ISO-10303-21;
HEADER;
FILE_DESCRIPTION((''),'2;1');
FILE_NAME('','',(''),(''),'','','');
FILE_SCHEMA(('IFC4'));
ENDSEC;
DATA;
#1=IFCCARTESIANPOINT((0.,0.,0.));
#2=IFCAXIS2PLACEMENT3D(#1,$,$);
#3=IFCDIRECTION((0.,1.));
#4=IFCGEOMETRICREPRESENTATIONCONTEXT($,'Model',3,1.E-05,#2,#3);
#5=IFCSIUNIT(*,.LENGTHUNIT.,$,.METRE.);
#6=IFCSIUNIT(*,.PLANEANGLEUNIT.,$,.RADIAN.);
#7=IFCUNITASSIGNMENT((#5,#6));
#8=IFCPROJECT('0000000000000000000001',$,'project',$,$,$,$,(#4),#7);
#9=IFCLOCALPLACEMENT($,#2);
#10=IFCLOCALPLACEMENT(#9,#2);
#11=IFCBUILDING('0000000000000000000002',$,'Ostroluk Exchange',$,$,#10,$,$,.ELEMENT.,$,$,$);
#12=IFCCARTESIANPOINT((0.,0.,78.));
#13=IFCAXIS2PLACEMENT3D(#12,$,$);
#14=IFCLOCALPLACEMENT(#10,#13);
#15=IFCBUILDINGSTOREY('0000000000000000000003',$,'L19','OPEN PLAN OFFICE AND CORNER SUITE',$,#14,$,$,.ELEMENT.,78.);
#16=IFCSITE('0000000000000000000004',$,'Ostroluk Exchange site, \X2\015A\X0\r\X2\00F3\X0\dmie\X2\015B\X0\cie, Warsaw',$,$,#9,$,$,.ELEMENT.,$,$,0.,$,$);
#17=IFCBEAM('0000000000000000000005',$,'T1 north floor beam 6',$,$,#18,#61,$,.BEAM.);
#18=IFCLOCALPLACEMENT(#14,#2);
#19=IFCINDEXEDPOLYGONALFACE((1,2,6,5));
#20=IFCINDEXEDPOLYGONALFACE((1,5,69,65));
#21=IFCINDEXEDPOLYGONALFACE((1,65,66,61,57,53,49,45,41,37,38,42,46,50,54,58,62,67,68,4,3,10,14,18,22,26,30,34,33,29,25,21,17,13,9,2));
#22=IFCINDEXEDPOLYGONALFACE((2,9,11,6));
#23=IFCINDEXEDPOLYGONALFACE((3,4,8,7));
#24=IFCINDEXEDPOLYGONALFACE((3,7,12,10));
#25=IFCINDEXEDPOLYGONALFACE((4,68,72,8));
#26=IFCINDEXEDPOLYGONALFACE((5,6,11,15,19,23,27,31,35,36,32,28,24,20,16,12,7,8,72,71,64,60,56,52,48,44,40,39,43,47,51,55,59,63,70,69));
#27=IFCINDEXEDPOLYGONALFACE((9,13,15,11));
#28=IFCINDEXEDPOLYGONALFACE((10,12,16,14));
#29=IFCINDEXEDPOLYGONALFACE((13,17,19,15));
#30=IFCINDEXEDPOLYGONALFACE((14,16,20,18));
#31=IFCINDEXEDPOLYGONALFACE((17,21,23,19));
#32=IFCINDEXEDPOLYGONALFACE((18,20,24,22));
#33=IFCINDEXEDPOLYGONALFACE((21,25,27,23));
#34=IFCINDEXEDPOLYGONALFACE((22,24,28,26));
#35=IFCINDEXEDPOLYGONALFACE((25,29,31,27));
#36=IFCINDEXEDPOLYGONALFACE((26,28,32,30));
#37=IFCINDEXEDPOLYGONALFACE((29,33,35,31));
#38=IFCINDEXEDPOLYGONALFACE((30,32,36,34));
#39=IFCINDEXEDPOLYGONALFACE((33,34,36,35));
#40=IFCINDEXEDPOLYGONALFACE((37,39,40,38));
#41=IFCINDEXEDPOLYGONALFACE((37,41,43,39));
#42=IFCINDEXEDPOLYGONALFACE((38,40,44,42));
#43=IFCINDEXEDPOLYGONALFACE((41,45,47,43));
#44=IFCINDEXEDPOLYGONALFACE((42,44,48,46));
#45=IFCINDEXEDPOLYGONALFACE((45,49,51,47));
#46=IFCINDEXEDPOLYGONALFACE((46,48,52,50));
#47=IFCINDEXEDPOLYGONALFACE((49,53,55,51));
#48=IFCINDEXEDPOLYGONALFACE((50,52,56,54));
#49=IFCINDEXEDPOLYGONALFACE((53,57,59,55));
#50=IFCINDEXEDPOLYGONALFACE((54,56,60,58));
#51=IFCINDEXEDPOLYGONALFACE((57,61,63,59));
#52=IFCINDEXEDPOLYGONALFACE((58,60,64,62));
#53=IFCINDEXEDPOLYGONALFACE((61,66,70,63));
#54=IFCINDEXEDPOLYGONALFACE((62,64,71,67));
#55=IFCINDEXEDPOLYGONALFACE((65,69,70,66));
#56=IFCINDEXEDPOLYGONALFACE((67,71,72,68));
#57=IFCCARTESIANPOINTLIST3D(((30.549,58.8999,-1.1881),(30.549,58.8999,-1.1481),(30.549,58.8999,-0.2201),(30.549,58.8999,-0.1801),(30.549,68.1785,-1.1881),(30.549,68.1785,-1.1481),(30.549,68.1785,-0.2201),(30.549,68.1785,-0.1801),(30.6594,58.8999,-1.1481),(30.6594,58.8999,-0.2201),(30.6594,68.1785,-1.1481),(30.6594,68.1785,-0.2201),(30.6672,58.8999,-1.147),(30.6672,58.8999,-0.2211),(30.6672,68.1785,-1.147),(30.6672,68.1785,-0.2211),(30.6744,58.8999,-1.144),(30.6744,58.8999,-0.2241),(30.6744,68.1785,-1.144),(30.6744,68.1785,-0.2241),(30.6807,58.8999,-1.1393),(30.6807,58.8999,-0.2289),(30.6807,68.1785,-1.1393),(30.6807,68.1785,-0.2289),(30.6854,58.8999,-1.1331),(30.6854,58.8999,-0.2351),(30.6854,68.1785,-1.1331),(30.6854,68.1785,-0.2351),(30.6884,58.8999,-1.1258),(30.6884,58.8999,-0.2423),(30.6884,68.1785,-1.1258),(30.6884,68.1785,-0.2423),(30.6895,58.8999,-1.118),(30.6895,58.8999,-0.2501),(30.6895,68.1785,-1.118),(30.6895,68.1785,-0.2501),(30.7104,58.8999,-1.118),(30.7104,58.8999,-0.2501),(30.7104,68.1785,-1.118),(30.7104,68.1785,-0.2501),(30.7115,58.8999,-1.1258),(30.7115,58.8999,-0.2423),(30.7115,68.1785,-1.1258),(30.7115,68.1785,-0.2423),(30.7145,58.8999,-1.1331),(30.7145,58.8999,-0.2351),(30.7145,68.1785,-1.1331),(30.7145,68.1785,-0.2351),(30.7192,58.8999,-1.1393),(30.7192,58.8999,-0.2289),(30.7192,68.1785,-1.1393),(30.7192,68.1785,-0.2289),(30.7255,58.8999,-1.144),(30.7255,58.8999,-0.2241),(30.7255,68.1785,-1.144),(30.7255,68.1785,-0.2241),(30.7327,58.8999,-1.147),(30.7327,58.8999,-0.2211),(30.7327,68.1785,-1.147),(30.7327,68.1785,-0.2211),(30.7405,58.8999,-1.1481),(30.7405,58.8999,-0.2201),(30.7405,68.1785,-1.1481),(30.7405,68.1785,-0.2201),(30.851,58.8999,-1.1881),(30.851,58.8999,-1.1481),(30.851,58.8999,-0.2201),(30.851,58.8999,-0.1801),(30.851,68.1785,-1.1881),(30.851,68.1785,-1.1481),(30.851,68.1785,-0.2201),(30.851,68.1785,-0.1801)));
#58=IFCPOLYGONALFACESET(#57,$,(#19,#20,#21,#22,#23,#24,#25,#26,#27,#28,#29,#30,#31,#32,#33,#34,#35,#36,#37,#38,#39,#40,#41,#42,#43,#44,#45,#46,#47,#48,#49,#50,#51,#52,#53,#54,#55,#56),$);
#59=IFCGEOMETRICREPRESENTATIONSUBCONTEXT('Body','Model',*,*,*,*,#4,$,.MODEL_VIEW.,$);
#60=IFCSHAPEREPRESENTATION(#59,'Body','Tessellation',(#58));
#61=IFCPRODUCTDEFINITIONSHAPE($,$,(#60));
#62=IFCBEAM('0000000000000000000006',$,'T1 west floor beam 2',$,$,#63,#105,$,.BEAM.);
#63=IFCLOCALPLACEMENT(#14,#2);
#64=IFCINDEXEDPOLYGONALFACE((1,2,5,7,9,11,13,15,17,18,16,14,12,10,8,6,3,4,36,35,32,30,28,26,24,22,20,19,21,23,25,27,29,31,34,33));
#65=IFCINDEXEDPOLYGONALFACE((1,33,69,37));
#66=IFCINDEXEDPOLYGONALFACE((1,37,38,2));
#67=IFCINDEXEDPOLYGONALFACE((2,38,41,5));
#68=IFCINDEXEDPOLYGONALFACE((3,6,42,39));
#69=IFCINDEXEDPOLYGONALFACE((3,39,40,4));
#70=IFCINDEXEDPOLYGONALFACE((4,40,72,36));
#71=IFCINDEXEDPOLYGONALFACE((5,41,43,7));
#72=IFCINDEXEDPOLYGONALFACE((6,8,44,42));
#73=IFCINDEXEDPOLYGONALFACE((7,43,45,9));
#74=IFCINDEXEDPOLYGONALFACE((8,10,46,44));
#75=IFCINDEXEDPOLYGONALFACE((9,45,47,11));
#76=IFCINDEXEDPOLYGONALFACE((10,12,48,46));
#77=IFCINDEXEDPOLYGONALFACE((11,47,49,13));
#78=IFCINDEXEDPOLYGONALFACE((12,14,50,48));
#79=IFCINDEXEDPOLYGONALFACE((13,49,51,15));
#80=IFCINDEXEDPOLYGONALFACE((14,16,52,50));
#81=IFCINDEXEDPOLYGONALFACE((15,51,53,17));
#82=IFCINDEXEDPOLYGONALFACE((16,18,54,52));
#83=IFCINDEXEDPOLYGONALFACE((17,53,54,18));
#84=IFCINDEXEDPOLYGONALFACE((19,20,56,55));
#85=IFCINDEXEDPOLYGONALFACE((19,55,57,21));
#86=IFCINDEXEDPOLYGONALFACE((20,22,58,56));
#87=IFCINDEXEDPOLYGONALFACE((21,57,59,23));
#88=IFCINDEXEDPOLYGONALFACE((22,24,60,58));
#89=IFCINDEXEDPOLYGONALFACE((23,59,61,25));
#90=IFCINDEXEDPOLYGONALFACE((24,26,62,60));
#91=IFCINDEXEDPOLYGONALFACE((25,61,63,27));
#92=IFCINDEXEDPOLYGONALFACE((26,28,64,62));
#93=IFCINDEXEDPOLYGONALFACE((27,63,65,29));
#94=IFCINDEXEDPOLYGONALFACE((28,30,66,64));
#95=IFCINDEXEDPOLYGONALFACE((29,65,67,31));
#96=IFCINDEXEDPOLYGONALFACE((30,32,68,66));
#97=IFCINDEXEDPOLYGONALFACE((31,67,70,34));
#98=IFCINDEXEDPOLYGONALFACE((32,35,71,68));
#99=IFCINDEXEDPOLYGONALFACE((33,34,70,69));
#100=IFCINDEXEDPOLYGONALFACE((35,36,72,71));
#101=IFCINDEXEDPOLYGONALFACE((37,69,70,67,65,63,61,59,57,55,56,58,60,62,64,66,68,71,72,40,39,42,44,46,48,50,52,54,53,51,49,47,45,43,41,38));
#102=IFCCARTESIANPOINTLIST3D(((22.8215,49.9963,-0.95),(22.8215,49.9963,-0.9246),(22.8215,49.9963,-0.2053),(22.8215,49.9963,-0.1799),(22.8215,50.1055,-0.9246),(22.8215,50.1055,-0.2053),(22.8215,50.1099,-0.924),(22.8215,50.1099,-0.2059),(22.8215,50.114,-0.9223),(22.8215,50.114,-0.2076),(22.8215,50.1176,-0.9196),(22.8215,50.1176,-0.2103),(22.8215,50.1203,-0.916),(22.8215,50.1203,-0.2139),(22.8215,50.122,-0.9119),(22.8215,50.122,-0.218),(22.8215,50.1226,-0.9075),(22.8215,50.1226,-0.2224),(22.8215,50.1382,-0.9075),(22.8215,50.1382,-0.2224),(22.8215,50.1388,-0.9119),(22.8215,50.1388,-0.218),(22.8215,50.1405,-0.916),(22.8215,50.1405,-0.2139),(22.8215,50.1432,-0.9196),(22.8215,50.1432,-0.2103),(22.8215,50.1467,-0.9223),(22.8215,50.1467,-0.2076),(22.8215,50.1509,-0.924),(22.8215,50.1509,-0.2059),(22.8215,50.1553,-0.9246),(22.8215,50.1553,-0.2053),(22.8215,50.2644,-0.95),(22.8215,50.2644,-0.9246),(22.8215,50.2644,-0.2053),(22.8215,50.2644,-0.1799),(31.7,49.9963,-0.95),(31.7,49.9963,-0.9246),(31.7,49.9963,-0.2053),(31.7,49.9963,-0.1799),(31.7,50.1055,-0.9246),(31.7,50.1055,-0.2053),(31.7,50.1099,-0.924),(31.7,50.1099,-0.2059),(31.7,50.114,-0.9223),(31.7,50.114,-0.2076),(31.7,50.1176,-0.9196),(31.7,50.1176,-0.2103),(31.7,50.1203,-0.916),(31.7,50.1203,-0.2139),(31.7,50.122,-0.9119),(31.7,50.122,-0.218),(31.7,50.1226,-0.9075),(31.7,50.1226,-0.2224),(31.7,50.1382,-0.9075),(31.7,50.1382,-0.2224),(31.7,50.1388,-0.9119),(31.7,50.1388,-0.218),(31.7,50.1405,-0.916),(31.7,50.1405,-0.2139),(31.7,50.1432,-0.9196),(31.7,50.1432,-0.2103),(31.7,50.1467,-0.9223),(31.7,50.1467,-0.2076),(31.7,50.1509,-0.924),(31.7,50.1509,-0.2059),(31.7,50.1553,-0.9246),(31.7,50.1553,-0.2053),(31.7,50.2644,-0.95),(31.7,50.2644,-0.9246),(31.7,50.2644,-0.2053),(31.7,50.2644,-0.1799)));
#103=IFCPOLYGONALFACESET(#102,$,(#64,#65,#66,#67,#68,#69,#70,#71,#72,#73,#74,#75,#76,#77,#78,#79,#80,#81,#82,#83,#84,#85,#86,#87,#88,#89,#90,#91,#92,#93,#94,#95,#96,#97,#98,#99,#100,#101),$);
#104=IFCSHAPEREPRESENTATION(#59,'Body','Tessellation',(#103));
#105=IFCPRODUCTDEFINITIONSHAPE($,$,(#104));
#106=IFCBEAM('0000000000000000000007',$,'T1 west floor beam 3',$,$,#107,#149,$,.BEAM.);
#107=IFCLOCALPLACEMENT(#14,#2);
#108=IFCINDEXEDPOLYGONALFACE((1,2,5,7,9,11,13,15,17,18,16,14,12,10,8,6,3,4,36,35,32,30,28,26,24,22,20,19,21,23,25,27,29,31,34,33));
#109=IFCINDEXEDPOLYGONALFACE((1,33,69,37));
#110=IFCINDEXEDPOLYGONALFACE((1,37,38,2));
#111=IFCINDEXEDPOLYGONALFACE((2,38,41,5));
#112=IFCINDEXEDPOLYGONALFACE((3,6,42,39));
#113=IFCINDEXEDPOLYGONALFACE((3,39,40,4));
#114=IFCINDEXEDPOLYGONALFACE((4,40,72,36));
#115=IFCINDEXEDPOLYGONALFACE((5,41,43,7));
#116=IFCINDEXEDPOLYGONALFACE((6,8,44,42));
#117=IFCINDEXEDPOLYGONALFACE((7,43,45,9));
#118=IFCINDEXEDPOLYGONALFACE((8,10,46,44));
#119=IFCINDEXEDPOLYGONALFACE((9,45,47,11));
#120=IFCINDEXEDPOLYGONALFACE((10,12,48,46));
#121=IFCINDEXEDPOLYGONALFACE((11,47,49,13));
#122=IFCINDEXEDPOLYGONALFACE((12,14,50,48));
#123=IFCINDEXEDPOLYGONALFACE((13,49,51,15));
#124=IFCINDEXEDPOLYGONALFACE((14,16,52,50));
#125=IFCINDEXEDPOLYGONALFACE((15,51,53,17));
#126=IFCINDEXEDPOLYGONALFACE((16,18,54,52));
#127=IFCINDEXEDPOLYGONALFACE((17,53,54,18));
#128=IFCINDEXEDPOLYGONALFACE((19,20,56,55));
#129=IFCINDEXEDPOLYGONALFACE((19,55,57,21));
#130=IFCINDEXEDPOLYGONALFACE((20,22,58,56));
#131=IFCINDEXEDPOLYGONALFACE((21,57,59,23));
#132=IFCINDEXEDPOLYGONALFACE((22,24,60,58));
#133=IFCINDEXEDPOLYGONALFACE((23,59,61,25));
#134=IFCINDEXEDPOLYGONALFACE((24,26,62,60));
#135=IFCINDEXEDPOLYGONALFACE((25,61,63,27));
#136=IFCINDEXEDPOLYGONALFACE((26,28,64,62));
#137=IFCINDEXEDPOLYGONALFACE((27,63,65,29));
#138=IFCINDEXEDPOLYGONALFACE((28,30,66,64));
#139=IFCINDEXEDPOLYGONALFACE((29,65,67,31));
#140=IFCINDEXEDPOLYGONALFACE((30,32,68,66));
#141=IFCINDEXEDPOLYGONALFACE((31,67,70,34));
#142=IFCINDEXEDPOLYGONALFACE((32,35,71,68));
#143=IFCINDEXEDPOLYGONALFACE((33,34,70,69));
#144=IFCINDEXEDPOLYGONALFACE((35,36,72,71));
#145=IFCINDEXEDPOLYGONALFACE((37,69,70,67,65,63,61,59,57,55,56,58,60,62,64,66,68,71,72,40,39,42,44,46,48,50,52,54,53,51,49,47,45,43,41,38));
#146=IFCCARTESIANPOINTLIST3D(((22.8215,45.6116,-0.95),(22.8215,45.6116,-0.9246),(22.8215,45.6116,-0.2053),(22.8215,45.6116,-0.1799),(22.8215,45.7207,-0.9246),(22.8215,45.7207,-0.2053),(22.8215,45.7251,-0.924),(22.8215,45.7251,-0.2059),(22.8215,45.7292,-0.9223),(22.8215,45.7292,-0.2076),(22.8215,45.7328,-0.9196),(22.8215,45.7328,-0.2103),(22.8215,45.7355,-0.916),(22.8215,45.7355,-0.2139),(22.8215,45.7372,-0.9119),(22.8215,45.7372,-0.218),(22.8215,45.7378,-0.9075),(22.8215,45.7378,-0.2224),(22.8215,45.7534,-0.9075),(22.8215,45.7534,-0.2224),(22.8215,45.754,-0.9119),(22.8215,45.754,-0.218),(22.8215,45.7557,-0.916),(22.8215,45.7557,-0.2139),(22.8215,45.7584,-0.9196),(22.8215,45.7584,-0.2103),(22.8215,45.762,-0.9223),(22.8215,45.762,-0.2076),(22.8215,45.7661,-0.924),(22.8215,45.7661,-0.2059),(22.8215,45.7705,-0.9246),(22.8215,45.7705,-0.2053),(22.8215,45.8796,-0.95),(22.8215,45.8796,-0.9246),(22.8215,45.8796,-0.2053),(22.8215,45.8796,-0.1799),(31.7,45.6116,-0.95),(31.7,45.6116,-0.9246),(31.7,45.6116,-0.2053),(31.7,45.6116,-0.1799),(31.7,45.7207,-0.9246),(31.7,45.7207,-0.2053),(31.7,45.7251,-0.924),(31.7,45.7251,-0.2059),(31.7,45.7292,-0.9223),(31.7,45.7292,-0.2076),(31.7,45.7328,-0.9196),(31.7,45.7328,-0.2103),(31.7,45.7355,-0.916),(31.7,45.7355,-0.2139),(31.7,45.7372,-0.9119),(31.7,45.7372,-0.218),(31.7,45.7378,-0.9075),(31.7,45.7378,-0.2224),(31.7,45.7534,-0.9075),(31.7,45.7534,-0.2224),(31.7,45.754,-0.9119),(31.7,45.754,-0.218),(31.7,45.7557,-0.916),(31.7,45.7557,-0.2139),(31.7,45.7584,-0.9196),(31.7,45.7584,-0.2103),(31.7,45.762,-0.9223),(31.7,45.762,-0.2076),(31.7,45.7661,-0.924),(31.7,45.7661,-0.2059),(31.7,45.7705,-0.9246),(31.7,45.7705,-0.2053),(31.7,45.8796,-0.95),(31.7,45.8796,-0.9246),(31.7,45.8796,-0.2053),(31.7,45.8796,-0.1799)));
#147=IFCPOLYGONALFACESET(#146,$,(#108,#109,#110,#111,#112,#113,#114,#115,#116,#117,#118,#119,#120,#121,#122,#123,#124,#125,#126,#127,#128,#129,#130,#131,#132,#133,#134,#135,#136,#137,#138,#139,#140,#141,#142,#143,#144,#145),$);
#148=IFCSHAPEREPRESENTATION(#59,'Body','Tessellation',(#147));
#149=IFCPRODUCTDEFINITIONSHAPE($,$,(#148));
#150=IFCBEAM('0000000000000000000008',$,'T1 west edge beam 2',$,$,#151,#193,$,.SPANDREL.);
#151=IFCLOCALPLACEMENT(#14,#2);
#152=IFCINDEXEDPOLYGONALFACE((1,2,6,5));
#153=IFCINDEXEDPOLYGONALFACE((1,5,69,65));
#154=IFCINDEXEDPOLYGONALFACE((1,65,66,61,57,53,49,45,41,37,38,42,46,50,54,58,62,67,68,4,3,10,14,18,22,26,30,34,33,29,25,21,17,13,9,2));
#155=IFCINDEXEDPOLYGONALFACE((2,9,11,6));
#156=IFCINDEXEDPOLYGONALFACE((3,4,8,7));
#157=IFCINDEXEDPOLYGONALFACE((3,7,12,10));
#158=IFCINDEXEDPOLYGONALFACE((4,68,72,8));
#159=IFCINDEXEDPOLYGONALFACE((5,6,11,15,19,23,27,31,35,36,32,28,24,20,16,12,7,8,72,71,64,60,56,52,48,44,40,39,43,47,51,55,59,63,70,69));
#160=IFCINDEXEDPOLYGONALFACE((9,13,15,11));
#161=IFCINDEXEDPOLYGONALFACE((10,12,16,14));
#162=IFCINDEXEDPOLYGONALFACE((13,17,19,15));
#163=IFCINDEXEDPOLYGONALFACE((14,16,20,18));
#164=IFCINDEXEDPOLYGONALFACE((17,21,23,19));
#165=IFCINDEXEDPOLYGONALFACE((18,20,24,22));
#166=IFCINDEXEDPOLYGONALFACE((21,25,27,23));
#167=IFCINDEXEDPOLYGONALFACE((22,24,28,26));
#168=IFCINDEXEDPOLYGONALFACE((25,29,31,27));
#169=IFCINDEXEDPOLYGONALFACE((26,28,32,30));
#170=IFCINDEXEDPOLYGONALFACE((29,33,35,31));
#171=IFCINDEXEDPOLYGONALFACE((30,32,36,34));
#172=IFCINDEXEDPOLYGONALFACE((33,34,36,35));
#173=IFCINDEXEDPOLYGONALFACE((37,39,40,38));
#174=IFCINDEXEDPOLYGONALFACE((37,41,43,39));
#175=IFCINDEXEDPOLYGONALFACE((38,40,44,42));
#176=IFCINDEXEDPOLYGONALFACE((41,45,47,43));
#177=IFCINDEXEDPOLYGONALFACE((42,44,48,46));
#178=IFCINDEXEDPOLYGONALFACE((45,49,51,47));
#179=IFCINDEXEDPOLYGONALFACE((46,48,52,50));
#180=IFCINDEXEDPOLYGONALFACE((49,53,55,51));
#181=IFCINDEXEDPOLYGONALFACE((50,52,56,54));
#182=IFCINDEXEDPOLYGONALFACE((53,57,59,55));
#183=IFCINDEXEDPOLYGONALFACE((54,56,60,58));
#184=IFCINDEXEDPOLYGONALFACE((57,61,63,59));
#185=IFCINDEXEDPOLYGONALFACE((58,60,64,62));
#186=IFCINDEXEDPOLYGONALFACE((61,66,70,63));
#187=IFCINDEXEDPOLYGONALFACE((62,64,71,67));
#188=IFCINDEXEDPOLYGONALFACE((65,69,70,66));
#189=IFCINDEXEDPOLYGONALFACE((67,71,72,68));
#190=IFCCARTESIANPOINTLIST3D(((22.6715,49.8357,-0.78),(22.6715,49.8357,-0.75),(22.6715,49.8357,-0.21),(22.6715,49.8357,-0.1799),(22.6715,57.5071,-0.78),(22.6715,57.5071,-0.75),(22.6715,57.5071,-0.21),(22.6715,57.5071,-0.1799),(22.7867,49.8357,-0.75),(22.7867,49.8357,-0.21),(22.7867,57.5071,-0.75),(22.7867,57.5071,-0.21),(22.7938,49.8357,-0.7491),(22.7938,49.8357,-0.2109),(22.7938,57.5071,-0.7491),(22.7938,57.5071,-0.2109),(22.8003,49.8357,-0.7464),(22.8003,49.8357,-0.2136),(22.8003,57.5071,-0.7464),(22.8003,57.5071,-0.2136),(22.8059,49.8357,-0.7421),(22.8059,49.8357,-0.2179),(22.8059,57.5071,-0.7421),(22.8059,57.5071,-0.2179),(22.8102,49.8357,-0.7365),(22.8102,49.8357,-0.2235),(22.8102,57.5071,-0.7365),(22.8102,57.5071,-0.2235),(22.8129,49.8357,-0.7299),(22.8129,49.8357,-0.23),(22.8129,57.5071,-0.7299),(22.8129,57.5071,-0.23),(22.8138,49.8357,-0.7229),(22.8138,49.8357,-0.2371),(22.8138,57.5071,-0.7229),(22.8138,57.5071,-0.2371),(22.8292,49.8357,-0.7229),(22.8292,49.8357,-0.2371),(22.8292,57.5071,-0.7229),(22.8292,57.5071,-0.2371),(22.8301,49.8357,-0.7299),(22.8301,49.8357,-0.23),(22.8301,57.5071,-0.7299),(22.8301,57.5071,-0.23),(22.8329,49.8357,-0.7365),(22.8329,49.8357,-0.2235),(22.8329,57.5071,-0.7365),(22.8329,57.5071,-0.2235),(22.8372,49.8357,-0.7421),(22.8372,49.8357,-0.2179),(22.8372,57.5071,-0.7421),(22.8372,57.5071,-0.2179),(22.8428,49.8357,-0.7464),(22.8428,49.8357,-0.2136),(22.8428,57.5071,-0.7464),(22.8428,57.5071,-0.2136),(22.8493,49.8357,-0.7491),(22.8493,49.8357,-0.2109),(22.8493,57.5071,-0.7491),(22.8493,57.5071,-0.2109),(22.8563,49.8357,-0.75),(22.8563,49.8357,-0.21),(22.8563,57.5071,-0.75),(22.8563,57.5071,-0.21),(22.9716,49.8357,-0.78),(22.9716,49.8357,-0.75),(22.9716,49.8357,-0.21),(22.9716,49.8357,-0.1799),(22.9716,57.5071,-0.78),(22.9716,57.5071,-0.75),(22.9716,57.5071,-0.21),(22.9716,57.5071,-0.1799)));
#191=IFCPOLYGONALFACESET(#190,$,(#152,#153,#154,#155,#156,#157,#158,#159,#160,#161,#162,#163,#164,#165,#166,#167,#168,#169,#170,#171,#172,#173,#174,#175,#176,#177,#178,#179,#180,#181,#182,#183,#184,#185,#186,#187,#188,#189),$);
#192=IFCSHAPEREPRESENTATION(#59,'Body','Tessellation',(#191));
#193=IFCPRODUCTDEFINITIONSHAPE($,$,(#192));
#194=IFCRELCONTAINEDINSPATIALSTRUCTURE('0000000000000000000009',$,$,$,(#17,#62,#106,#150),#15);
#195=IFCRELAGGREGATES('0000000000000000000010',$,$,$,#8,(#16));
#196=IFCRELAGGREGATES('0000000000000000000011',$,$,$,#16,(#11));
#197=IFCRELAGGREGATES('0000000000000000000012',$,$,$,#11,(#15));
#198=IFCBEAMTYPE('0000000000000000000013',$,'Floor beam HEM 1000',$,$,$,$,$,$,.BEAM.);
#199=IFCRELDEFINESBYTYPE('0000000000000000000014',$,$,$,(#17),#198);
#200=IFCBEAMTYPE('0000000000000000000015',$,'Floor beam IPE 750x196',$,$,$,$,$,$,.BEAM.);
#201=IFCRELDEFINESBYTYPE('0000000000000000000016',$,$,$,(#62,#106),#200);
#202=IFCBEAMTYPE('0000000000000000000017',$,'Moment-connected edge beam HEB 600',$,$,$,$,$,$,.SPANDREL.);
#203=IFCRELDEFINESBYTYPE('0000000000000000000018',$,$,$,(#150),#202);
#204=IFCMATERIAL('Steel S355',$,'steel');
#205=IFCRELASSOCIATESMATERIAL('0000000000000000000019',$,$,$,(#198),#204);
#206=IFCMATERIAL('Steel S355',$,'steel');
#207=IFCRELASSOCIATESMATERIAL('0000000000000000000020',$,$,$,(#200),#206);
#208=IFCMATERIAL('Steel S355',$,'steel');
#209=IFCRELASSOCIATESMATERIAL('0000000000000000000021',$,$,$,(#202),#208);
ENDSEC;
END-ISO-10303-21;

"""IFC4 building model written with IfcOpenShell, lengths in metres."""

from ifc_helpers import new_model, si_unit, direction, frame, origin, origin_2d, place, context, subcontext, project, spatial, i_section, extrude, material, material_profile, profile_set, type_object, element, save


model = new_model("IFC4")

# Units and contexts
model_context = context("Model", 3, precision=1e-05, world=origin(), true_north=direction((0.0, 1.0)))
body_context = subcontext(model_context, "Body", "Model", "MODEL_VIEW")
ifc_project = project(units=[si_unit("LENGTHUNIT", "METRE"), si_unit("PLANEANGLEUNIT", "RADIAN")], contexts=[model_context])

# Site, building, storey
site_placement = place(None, origin())
site = spatial("IfcSite", under=ifc_project, at=site_placement, Name="Ostroluk Exchange site, Śródmieście, Warsaw", CompositionType="ELEMENT", RefElevation=0.0)
building_placement = place(site_placement, origin())
building = spatial("IfcBuilding", under=site, at=building_placement, Name="Ostroluk Exchange", CompositionType="ELEMENT")
storey_placement = place(building_placement, frame((0.0, 0.0, 78.0)))
storey = spatial("IfcBuildingStorey", under=building, at=storey_placement, Name="L19", Description="OPEN PLAN OFFICE AND CORNER SUITE", CompositionType="ELEMENT", Elevation=78.0)

# Beams
ifc_material_1 = material(Name="Steel S355", Category="steel")
ifc_material_profile_1 = material_profile(ifc_material_1, i_section(OverallWidth=0.302, OverallDepth=1.0081, WebThickness=0.021, FlangeThickness=0.04, FilletRadius=0.03, at=origin_2d()), Name="HEM 1000")
ifc_profile_set_1 = profile_set([ifc_material_profile_1], Name="Steel S355")
beam_type_1 = type_object("IfcBeamType", Name="Floor beam HEM 1000", PredefinedType="BEAM", material=ifc_profile_set_1)
beam_placement = place(storey_placement, frame((30.7, 58.8999, -0.6841), z_axis=(0.0, 1.0, 0.0), x_axis=(-1.0, 0.0, 0.0)))
element("IfcBeam", 1, at=beam_placement, inside=storey, type_object=beam_type_1, Name="T1 north floor beam 6", PredefinedType="BEAM", context=body_context, shape_type="SweptSolid", body=[
    extrude(i_section(OverallWidth=0.302, OverallDepth=1.0081, WebThickness=0.021, FlangeThickness=0.04, FilletRadius=0.03, at=origin_2d()), origin(), (0.0, 0.0, 1.0), 9.2786),
])
ifc_material_2 = material(Name="Steel S355", Category="steel")
ifc_material_profile_2 = material_profile(ifc_material_2, i_section(OverallWidth=0.2681, OverallDepth=0.77, WebThickness=0.0156, FlangeThickness=0.0254, FilletRadius=0.0171, at=origin_2d()), Name="IPE 750x196")
ifc_profile_set_2 = profile_set([ifc_material_profile_2], Name="Steel S355")
beam_type_2 = type_object("IfcBeamType", Name="Floor beam IPE 750x196", PredefinedType="BEAM", material=ifc_profile_set_2)
for number, where, z_axis, x_axis, name in (
    (2, (31.7, 50.1304, -0.5649), (-1.0, 0.0, 0.0), (0.0, -1.0, 0.0), "T1 west floor beam 2"),
    (3, (31.7, 45.7456, -0.5649), (-1.0, 0.0, 0.0), (0.0, -1.0, 0.0), "T1 west floor beam 3"),
):
    element("IfcBeam", number, at=place(storey_placement, frame(where, z_axis=z_axis, x_axis=x_axis)), inside=storey, type_object=beam_type_2, Name=name, PredefinedType="BEAM", context=body_context, shape_type="SweptSolid", body=[
        extrude(i_section(OverallWidth=0.2681, OverallDepth=0.77, WebThickness=0.0156, FlangeThickness=0.0254, FilletRadius=0.0171, at=origin_2d()), origin(), (0.0, 0.0, 1.0), 8.8784),
    ])
ifc_material_3 = material(Name="Steel S355", Category="steel")
ifc_material_profile_3 = material_profile(ifc_material_3, i_section(OverallWidth=0.3, OverallDepth=0.6001, WebThickness=0.0154, FlangeThickness=0.03, FilletRadius=0.0271, at=origin_2d()), Name="HEB 600")
ifc_profile_set_3 = profile_set([ifc_material_profile_3], Name="Steel S355")
beam_type_3 = type_object("IfcBeamType", Name="Moment-connected edge beam HEB 600", PredefinedType="SPANDREL", material=ifc_profile_set_3)
for number, where, z_axis, x_axis, name in (
    (4, (22.8215, 57.5071, -0.48), (0.0, -1.0, 0.0), (1.0, 0.0, 0.0), "T1 west edge beam 2"),
):
    element("IfcBeam", number, at=place(storey_placement, frame(where, z_axis=z_axis, x_axis=x_axis)), inside=storey, type_object=beam_type_3, Name=name, PredefinedType="SPANDREL", context=body_context, shape_type="SweptSolid", body=[
        extrude(i_section(OverallWidth=0.3, OverallDepth=0.6001, WebThickness=0.0154, FlangeThickness=0.03, FilletRadius=0.0271, at=origin_2d()), origin(), (0.0, 0.0, 1.0), 7.6714),
    ])

save(model, "model.ifc")
